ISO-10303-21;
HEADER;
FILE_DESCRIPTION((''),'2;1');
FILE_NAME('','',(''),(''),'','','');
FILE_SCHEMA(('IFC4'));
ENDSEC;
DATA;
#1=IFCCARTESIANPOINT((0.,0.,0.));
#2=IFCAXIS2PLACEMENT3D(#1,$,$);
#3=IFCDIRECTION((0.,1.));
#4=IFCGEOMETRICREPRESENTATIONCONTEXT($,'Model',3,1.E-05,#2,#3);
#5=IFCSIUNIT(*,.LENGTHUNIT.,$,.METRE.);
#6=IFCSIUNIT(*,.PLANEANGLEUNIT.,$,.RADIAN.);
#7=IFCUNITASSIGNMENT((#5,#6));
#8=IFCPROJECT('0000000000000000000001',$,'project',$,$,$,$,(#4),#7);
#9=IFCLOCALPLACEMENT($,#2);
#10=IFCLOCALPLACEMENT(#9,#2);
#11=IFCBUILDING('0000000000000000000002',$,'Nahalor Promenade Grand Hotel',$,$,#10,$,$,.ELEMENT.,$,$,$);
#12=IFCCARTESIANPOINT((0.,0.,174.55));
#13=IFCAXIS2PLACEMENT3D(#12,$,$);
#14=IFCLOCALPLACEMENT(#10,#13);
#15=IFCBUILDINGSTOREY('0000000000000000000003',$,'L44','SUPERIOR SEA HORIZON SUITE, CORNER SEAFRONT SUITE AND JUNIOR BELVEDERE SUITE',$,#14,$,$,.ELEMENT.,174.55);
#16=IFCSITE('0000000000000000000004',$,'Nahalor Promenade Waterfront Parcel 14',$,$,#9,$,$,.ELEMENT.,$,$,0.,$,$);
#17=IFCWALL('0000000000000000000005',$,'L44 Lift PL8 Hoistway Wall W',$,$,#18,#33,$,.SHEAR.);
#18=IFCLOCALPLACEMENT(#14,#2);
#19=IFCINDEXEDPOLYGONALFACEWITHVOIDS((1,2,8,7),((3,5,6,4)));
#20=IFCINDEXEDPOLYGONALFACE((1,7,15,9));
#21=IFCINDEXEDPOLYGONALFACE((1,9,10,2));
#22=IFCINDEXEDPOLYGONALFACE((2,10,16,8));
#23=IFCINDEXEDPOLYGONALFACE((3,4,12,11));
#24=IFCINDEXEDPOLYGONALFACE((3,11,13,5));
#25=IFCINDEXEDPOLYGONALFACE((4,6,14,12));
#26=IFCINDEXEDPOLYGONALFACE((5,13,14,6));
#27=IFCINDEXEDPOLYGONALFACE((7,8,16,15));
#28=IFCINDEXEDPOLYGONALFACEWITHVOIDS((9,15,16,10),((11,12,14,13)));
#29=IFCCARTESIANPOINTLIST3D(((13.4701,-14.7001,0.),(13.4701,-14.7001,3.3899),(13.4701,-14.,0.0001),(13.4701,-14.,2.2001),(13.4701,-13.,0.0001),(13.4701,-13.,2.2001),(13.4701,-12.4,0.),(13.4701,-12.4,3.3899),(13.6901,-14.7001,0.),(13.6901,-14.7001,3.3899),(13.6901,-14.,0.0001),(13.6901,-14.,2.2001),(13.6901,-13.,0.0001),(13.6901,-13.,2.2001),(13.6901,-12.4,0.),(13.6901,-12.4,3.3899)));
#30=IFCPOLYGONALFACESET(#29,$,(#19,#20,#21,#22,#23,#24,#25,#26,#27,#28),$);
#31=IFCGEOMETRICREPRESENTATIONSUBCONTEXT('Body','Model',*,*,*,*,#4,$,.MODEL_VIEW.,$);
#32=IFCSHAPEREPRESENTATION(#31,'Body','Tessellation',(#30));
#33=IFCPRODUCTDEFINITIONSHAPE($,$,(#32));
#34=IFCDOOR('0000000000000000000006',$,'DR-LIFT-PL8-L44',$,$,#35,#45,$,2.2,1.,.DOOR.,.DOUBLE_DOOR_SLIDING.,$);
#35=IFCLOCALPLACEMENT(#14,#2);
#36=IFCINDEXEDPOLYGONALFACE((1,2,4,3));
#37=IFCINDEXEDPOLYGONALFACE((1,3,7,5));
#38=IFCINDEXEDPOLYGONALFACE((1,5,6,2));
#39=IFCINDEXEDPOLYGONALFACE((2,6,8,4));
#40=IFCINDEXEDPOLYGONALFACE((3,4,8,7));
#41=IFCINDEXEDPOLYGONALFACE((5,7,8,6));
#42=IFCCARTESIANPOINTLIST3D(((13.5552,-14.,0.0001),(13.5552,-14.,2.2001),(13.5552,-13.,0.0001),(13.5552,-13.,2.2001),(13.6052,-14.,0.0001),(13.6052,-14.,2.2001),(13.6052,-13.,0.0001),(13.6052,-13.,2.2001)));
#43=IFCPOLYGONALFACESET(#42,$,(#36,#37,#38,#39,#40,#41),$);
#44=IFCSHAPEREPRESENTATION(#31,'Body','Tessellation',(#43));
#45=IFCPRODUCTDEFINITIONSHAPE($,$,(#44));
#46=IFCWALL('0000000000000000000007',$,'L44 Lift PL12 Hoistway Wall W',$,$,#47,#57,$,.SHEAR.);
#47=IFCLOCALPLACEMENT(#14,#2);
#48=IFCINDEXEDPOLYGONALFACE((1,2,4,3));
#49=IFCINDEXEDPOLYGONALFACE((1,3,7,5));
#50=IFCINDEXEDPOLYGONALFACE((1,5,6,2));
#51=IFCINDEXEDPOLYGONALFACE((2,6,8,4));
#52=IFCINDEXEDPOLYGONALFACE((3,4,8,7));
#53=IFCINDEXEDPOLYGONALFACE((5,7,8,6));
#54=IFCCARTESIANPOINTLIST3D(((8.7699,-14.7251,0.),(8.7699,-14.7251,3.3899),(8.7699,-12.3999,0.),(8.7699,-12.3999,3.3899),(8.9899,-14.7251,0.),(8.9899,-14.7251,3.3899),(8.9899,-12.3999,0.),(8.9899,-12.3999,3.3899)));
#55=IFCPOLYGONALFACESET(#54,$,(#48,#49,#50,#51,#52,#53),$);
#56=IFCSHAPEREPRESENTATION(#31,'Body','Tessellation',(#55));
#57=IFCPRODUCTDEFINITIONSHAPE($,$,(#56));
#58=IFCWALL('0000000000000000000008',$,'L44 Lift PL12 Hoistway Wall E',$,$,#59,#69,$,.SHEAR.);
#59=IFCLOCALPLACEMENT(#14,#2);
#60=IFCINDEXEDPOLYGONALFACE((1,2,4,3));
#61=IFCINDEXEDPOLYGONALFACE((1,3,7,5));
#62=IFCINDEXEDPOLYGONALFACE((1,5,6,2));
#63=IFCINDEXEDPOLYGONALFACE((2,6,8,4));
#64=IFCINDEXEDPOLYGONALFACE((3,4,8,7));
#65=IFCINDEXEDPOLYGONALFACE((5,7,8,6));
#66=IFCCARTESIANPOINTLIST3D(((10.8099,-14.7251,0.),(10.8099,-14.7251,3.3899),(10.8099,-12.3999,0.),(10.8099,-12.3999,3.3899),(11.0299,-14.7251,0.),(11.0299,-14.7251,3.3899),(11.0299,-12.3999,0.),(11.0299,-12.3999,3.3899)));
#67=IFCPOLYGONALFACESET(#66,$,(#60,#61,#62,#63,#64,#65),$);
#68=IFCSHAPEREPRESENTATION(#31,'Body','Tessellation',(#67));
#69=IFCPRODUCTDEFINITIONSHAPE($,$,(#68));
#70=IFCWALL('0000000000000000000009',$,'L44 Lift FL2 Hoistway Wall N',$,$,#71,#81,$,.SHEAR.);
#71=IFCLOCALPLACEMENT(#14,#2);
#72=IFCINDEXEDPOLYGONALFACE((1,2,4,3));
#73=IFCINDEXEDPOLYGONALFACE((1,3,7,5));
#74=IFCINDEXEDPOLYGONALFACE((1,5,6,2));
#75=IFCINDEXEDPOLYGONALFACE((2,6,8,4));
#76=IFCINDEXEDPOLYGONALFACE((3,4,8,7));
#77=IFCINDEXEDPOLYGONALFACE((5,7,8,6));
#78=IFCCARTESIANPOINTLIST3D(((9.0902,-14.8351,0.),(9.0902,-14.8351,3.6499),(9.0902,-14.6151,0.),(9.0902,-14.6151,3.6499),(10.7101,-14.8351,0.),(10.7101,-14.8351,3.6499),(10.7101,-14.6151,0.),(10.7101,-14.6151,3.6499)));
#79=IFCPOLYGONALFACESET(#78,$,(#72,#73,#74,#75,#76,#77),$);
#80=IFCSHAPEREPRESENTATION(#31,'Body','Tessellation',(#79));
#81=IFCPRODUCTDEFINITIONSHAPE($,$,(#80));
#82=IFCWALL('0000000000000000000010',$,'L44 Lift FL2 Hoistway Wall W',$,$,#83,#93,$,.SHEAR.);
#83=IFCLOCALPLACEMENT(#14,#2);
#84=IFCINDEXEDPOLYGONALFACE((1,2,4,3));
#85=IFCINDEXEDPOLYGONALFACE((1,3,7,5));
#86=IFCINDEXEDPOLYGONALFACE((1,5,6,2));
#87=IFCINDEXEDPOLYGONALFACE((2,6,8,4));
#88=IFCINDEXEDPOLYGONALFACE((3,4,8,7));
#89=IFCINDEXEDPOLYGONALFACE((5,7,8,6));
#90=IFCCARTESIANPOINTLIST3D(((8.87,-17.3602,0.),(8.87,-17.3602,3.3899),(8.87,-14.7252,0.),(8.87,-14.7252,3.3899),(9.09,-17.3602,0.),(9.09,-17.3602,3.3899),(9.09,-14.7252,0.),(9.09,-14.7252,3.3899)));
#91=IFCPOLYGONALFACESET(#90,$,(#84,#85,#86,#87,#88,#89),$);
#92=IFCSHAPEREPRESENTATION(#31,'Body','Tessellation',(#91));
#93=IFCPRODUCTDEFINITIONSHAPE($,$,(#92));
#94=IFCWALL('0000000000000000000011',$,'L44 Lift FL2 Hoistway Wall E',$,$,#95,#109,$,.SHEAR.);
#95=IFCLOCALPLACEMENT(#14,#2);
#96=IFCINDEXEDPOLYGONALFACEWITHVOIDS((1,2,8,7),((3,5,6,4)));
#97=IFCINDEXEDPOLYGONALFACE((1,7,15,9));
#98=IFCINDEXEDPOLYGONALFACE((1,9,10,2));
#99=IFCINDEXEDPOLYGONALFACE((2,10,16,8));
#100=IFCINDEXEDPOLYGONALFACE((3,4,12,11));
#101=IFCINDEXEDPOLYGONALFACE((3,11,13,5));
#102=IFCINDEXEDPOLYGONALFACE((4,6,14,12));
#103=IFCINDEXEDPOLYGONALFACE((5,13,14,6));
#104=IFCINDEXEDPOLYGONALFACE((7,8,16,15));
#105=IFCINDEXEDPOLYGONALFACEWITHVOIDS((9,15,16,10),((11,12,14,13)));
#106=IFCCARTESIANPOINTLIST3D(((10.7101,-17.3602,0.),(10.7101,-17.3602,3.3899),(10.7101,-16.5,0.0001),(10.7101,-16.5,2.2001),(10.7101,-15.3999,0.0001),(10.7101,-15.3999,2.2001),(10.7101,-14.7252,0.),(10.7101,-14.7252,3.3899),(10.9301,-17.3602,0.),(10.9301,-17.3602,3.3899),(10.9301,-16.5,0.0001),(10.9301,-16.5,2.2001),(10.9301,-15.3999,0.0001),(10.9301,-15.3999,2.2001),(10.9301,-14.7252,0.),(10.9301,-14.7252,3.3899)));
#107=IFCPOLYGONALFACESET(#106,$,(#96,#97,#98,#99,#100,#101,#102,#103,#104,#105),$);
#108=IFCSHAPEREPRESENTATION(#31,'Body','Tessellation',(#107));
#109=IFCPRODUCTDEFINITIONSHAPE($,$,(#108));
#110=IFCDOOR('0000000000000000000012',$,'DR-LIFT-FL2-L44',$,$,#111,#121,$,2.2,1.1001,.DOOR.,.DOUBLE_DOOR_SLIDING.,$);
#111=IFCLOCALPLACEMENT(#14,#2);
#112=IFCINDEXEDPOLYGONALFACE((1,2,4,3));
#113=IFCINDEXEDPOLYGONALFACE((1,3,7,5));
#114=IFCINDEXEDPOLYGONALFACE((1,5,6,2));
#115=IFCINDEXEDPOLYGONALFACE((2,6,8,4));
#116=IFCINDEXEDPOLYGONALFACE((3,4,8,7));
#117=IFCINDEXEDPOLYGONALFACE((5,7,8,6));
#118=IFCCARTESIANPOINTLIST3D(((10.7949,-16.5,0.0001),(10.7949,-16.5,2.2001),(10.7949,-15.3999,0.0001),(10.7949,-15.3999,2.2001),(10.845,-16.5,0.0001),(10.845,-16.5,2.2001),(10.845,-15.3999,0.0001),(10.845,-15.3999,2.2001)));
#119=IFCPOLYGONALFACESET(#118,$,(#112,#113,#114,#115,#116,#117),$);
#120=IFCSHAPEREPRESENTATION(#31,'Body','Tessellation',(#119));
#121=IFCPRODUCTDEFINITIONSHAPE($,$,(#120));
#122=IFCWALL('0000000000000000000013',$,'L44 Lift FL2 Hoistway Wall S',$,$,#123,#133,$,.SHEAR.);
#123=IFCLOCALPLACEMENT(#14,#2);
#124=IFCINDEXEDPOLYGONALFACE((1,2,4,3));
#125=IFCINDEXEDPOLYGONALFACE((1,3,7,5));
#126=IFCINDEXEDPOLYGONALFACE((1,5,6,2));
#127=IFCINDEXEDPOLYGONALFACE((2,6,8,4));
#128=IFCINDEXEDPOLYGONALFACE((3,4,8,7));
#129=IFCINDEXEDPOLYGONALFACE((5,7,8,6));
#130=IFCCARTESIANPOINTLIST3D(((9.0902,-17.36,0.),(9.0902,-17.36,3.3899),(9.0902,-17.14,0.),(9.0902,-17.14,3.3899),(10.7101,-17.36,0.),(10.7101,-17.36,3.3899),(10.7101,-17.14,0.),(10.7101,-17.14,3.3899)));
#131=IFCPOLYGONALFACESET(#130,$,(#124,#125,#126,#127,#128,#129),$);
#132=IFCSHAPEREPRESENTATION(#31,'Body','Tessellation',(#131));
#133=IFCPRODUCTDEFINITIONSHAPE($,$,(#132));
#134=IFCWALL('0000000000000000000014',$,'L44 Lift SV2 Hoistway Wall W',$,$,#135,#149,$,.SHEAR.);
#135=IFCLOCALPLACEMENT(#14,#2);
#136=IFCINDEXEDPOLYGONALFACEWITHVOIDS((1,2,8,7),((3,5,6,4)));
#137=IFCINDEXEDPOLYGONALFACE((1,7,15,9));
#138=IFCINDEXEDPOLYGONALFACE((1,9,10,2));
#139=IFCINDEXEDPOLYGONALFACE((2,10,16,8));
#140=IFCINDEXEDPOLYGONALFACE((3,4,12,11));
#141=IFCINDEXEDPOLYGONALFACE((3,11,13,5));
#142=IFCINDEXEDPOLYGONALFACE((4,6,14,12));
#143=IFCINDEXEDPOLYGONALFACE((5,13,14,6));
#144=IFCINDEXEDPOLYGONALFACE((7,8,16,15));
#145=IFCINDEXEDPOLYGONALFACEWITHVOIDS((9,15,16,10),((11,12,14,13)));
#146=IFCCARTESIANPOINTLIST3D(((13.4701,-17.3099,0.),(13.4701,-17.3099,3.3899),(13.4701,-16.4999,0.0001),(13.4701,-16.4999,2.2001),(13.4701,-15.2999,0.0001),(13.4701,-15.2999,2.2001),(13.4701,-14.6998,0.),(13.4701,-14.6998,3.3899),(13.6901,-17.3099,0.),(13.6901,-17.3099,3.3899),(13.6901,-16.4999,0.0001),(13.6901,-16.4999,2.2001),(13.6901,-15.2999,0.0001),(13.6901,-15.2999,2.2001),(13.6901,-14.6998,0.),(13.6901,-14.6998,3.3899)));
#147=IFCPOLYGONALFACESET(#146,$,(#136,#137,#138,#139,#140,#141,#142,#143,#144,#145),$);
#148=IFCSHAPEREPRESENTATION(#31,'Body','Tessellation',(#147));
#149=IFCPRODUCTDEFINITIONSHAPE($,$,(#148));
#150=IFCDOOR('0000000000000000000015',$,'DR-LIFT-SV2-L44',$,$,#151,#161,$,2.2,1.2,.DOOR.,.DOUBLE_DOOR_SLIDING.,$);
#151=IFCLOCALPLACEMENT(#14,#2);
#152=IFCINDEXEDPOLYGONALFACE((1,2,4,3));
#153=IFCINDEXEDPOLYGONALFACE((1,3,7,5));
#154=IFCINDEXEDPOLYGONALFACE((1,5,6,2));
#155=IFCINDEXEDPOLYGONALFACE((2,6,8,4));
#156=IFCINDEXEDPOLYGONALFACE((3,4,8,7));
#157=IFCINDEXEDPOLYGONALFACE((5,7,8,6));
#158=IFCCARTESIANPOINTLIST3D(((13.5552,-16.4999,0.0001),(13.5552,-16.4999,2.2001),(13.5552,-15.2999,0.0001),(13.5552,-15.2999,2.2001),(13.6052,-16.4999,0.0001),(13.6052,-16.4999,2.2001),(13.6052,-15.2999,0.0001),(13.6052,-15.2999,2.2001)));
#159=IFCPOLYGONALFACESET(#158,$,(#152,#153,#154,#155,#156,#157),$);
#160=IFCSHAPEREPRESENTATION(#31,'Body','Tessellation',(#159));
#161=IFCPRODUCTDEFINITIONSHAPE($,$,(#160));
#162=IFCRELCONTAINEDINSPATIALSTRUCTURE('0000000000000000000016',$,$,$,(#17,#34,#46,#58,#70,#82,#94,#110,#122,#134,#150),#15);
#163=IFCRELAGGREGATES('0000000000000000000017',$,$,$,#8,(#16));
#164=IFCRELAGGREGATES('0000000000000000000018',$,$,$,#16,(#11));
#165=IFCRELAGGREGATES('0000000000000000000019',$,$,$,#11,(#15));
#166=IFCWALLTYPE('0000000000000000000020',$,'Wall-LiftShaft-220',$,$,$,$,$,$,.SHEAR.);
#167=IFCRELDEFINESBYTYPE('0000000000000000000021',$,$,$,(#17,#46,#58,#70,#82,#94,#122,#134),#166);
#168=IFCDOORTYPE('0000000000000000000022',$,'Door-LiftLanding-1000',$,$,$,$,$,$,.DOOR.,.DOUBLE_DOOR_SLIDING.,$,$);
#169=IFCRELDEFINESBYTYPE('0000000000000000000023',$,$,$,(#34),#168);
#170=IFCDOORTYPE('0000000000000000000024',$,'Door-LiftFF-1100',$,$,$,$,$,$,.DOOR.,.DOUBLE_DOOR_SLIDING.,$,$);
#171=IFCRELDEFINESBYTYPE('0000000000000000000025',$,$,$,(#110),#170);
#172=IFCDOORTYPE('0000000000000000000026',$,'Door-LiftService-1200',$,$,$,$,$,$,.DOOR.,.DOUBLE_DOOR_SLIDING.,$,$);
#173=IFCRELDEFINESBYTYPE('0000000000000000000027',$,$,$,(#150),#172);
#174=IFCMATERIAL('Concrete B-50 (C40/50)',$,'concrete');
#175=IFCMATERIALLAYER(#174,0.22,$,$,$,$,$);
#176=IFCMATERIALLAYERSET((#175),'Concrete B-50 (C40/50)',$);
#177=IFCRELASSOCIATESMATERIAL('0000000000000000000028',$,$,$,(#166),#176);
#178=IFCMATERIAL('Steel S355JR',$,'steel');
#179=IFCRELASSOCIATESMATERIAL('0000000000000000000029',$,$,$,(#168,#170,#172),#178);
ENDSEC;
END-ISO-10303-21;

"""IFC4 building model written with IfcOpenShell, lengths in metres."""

from ifc_helpers import new_model, si_unit, direction, frame, frame_2d, origin, place, context, subcontext, project, spatial, rectangle, extrude, source, transform, mapped, material, layer, layer_set, type_object, element, fill, save


model = new_model("IFC4")

# Units and contexts
model_context = context("Model", 3, precision=1e-05, world=origin(), true_north=direction((0.0, 1.0)))
body_context = subcontext(model_context, "Body", "Model", "MODEL_VIEW")
ifc_project = project(units=[si_unit("LENGTHUNIT", "METRE"), si_unit("PLANEANGLEUNIT", "RADIAN")], contexts=[model_context])

# Site, building, storey
site_placement = place(None, origin())
site = spatial("IfcSite", under=ifc_project, at=site_placement, Name="Nahalor Promenade Waterfront Parcel 14", CompositionType="ELEMENT", RefElevation=0.0)
building_placement = place(site_placement, origin())
building = spatial("IfcBuilding", under=site, at=building_placement, Name="Nahalor Promenade Grand Hotel", CompositionType="ELEMENT")
storey_placement = place(building_placement, frame((0.0, 0.0, 174.55)))
storey = spatial("IfcBuildingStorey", under=building, at=storey_placement, Name="L44", Description="SUPERIOR SEA HORIZON SUITE, CORNER SEAFRONT SUITE AND JUNIOR BELVEDERE SUITE", CompositionType="ELEMENT", Elevation=174.55)

# Shared definitions
ifc_material_1 = material(Name="Steel S355JR", Category="steel")

# Shared definitions
ifc_material_2 = material(Name="Concrete B-50 (C40/50)", Category="concrete")

# Shared definitions
ifc_layer_1 = layer(ifc_material_2, 0.22)
ifc_layer_set_1 = layer_set([ifc_layer_1], Name="Concrete B-50 (C40/50)")
wall_type_1 = type_object("IfcWallType", Name="Wall-LiftShaft-220", PredefinedType="SHEAR", material=ifc_layer_set_1)

# Wall, opening, door
shared_shape_1 = source(origin(), body_context, "Body", "SweptSolid", [
    extrude(rectangle(XDim=2.3, YDim=0.22, at=frame_2d((1.1499, 0.0))), origin(), (0.0, 0.0, 1.0), 3.3899),
])
wall_1_placement = place(storey_placement, frame((13.5801, -14.7, 0.0), z_axis=(0.0, 0.0, 1.0), x_axis=(0.0, 1.0, 0.0)))
wall_1 = element("IfcWall", 1, at=wall_1_placement, inside=storey, type_object=wall_type_1, Name="L44 Lift PL8 Hoistway Wall W", PredefinedType="SHEAR", context=body_context, shape_type="MappedRepresentation", body=[
    mapped(shared_shape_1, transform((0.0, 0.0, 0.0), scale=1.0)),
])
opening_1_placement = place(wall_1_placement, frame((0.7, 0.0, 0.0)))
opening_1 = element("IfcOpeningElement", 2, at=opening_1_placement, cuts=wall_1, PredefinedType="OPENING", context=body_context, shape_type="SweptSolid", body=[
    extrude(rectangle(XDim=1.0, YDim=2.2, at=frame_2d((0.5, 1.1001))), frame((0.0, 0.1199, 0.0), z_axis=(0.0, -1.0, 0.0), x_axis=(1.0, 0.0, 0.0)), (0.0, 0.0, 1.0), 0.24),
])
door_type_1 = type_object("IfcDoorType", Name="Door-LiftLanding-1000", OperationType="DOUBLE_DOOR_SLIDING", PredefinedType="DOOR", material=ifc_material_1)
shared_shape_2 = source(origin(), body_context, "Body", "SweptSolid", [
    extrude(rectangle(XDim=1.0, YDim=2.2, at=frame_2d((0.5, 1.1001))), frame((0.0, 0.0249, 0.0), z_axis=(0.0, -1.0, 0.0), x_axis=(1.0, 0.0, 0.0)), (0.0, 0.0, 1.0), 0.05),
])
door_1_placement = place(opening_1_placement, origin())
door_1 = element("IfcDoor", 3, at=door_1_placement, inside=storey, type_object=door_type_1, Name="DR-LIFT-PL8-L44", OperationType="DOUBLE_DOOR_SLIDING", OverallHeight=2.2, OverallWidth=1.0, PredefinedType="DOOR", context=body_context, shape_type="MappedRepresentation", body=[
    mapped(shared_shape_2, transform((0.0, 0.0, 0.0), scale=1.0)),
])
fill(opening_1, door_1)

# Walls
shared_shape_3 = source(origin(), body_context, "Body", "SweptSolid", [
    extrude(rectangle(XDim=2.3252, YDim=0.22, at=frame_2d((1.1626, 0.0))), origin(), (0.0, 0.0, 1.0), 3.3899),
])
for number, where, z_axis, x_axis, name in (
    (4, (8.8799, -14.7251, 0.0), (0.0, 0.0, 1.0), (0.0, 1.0, 0.0), "L44 Lift PL12 Hoistway Wall W"),
    (5, (10.9199, -14.7251, 0.0), (0.0, 0.0, 1.0), (0.0, 1.0, 0.0), "L44 Lift PL12 Hoistway Wall E"),
):
    element("IfcWall", number, at=place(storey_placement, frame(where, z_axis=z_axis, x_axis=x_axis)), inside=storey, type_object=wall_type_1, Name=name, PredefinedType="SHEAR", context=body_context, shape_type="MappedRepresentation", body=[
        mapped(shared_shape_3, transform((0.0, 0.0, 0.0), scale=1.0)),
    ])
shared_shape_4 = source(origin(), body_context, "Body", "SweptSolid", [
    extrude(rectangle(XDim=1.6199, YDim=0.22, at=frame_2d((0.8101, 0.0))), origin(), (0.0, 0.0, 1.0), 3.6499),
])
wall_2_placement = place(storey_placement, frame((9.0901, -14.7251, 0.0), z_axis=(0.0, 0.0, 1.0), x_axis=(1.0, 0.0, 0.0)))
element("IfcWall", 6, at=wall_2_placement, inside=storey, type_object=wall_type_1, Name="L44 Lift FL2 Hoistway Wall N", PredefinedType="SHEAR", context=body_context, shape_type="MappedRepresentation", body=[
    mapped(shared_shape_4, transform((0.0, 0.0, 0.0), scale=1.0)),
])
shared_shape_5 = source(origin(), body_context, "Body", "SweptSolid", [
    extrude(rectangle(XDim=2.635, YDim=0.22, at=frame_2d((1.3174, 0.0))), origin(), (0.0, 0.0, 1.0), 3.3899),
])
wall_3_placement = place(storey_placement, frame((8.98, -17.3601, 0.0), z_axis=(0.0, 0.0, 1.0), x_axis=(0.0, 1.0, 0.0)))
element("IfcWall", 7, at=wall_3_placement, inside=storey, type_object=wall_type_1, Name="L44 Lift FL2 Hoistway Wall W", PredefinedType="SHEAR", context=body_context, shape_type="MappedRepresentation", body=[
    mapped(shared_shape_5, transform((0.0, 0.0, 0.0), scale=1.0)),
])

# Wall, opening, door
wall_4_placement = place(storey_placement, frame((10.8201, -17.3601, 0.0), z_axis=(0.0, 0.0, 1.0), x_axis=(0.0, 1.0, 0.0)))
wall_4 = element("IfcWall", 8, at=wall_4_placement, inside=storey, type_object=wall_type_1, Name="L44 Lift FL2 Hoistway Wall E", PredefinedType="SHEAR", context=body_context, shape_type="MappedRepresentation", body=[
    mapped(shared_shape_5, transform((0.0, 0.0, 0.0), scale=1.0)),
])
opening_2_placement = place(wall_4_placement, frame((0.8601, 0.0, 0.0)))
opening_2 = element("IfcOpeningElement", 9, at=opening_2_placement, cuts=wall_4, PredefinedType="OPENING", context=body_context, shape_type="SweptSolid", body=[
    extrude(rectangle(XDim=1.1001, YDim=2.2, at=frame_2d((0.55, 1.1001))), frame((0.0, 0.1199, 0.0), z_axis=(0.0, -1.0, 0.0), x_axis=(1.0, 0.0, 0.0)), (0.0, 0.0, 1.0), 0.24),
])
door_type_2 = type_object("IfcDoorType", Name="Door-LiftFF-1100", OperationType="DOUBLE_DOOR_SLIDING", PredefinedType="DOOR", material=ifc_material_1)
shared_shape_6 = source(origin(), body_context, "Body", "SweptSolid", [
    extrude(rectangle(XDim=1.1001, YDim=2.2, at=frame_2d((0.55, 1.1001))), frame((0.0, 0.0249, 0.0), z_axis=(0.0, -1.0, 0.0), x_axis=(1.0, 0.0, 0.0)), (0.0, 0.0, 1.0), 0.05),
])
door_2_placement = place(opening_2_placement, frame((1.1001, 0.0, 0.0), z_axis=(0.0, 0.0, 1.0), x_axis=(-1.0, 0.0, 0.0)))
door_2 = element("IfcDoor", 10, at=door_2_placement, inside=storey, type_object=door_type_2, Name="DR-LIFT-FL2-L44", OperationType="DOUBLE_DOOR_SLIDING", OverallHeight=2.2, OverallWidth=1.1001, PredefinedType="DOOR", context=body_context, shape_type="MappedRepresentation", body=[
    mapped(shared_shape_6, transform((0.0, 0.0, 0.0), scale=1.0)),
])
fill(opening_2, door_2)

# Wall
shared_shape_7 = source(origin(), body_context, "Body", "SweptSolid", [
    extrude(rectangle(XDim=1.6199, YDim=0.22, at=frame_2d((0.8101, 0.0))), origin(), (0.0, 0.0, 1.0), 3.3899),
])
wall_5_placement = place(storey_placement, frame((9.0901, -17.25, 0.0), z_axis=(0.0, 0.0, 1.0), x_axis=(1.0, 0.0, 0.0)))
element("IfcWall", 11, at=wall_5_placement, inside=storey, type_object=wall_type_1, Name="L44 Lift FL2 Hoistway Wall S", PredefinedType="SHEAR", context=body_context, shape_type="MappedRepresentation", body=[
    mapped(shared_shape_7, transform((0.0, 0.0, 0.0), scale=1.0)),
])

# Wall, opening, door
shared_shape_8 = source(origin(), body_context, "Body", "SweptSolid", [
    extrude(rectangle(XDim=2.6101, YDim=0.22, at=frame_2d((1.3052, 0.0))), origin(), (0.0, 0.0, 1.0), 3.3899),
])
wall_6_placement = place(storey_placement, frame((13.5801, -17.3101, 0.0), z_axis=(0.0, 0.0, 1.0), x_axis=(0.0, 1.0, 0.0)))
wall_6 = element("IfcWall", 12, at=wall_6_placement, inside=storey, type_object=wall_type_1, Name="L44 Lift SV2 Hoistway Wall W", PredefinedType="SHEAR", context=body_context, shape_type="MappedRepresentation", body=[
    mapped(shared_shape_8, transform((0.0, 0.0, 0.0), scale=1.0)),
])
opening_3_placement = place(wall_6_placement, frame((0.8101, 0.0, 0.0)))
opening_3 = element("IfcOpeningElement", 13, at=opening_3_placement, cuts=wall_6, PredefinedType="OPENING", context=body_context, shape_type="SweptSolid", body=[
    extrude(rectangle(XDim=1.2, YDim=2.2, at=frame_2d((0.6001, 1.1001))), frame((0.0, 0.1199, 0.0), z_axis=(0.0, -1.0, 0.0), x_axis=(1.0, 0.0, 0.0)), (0.0, 0.0, 1.0), 0.24),
])
door_type_3 = type_object("IfcDoorType", Name="Door-LiftService-1200", OperationType="DOUBLE_DOOR_SLIDING", PredefinedType="DOOR", material=ifc_material_1)
shared_shape_9 = source(origin(), body_context, "Body", "SweptSolid", [
    extrude(rectangle(XDim=1.2, YDim=2.2, at=frame_2d((0.6001, 1.1001))), frame((0.0, 0.0249, 0.0), z_axis=(0.0, -1.0, 0.0), x_axis=(1.0, 0.0, 0.0)), (0.0, 0.0, 1.0), 0.05),
])
door_3_placement = place(opening_3_placement, origin())
door_3 = element("IfcDoor", 14, at=door_3_placement, inside=storey, type_object=door_type_3, Name="DR-LIFT-SV2-L44", OperationType="DOUBLE_DOOR_SLIDING", OverallHeight=2.2, OverallWidth=1.2, PredefinedType="DOOR", context=body_context, shape_type="MappedRepresentation", body=[
    mapped(shared_shape_9, transform((0.0, 0.0, 0.0), scale=1.0)),
])
fill(opening_3, door_3)

save(model, "model.ifc")
